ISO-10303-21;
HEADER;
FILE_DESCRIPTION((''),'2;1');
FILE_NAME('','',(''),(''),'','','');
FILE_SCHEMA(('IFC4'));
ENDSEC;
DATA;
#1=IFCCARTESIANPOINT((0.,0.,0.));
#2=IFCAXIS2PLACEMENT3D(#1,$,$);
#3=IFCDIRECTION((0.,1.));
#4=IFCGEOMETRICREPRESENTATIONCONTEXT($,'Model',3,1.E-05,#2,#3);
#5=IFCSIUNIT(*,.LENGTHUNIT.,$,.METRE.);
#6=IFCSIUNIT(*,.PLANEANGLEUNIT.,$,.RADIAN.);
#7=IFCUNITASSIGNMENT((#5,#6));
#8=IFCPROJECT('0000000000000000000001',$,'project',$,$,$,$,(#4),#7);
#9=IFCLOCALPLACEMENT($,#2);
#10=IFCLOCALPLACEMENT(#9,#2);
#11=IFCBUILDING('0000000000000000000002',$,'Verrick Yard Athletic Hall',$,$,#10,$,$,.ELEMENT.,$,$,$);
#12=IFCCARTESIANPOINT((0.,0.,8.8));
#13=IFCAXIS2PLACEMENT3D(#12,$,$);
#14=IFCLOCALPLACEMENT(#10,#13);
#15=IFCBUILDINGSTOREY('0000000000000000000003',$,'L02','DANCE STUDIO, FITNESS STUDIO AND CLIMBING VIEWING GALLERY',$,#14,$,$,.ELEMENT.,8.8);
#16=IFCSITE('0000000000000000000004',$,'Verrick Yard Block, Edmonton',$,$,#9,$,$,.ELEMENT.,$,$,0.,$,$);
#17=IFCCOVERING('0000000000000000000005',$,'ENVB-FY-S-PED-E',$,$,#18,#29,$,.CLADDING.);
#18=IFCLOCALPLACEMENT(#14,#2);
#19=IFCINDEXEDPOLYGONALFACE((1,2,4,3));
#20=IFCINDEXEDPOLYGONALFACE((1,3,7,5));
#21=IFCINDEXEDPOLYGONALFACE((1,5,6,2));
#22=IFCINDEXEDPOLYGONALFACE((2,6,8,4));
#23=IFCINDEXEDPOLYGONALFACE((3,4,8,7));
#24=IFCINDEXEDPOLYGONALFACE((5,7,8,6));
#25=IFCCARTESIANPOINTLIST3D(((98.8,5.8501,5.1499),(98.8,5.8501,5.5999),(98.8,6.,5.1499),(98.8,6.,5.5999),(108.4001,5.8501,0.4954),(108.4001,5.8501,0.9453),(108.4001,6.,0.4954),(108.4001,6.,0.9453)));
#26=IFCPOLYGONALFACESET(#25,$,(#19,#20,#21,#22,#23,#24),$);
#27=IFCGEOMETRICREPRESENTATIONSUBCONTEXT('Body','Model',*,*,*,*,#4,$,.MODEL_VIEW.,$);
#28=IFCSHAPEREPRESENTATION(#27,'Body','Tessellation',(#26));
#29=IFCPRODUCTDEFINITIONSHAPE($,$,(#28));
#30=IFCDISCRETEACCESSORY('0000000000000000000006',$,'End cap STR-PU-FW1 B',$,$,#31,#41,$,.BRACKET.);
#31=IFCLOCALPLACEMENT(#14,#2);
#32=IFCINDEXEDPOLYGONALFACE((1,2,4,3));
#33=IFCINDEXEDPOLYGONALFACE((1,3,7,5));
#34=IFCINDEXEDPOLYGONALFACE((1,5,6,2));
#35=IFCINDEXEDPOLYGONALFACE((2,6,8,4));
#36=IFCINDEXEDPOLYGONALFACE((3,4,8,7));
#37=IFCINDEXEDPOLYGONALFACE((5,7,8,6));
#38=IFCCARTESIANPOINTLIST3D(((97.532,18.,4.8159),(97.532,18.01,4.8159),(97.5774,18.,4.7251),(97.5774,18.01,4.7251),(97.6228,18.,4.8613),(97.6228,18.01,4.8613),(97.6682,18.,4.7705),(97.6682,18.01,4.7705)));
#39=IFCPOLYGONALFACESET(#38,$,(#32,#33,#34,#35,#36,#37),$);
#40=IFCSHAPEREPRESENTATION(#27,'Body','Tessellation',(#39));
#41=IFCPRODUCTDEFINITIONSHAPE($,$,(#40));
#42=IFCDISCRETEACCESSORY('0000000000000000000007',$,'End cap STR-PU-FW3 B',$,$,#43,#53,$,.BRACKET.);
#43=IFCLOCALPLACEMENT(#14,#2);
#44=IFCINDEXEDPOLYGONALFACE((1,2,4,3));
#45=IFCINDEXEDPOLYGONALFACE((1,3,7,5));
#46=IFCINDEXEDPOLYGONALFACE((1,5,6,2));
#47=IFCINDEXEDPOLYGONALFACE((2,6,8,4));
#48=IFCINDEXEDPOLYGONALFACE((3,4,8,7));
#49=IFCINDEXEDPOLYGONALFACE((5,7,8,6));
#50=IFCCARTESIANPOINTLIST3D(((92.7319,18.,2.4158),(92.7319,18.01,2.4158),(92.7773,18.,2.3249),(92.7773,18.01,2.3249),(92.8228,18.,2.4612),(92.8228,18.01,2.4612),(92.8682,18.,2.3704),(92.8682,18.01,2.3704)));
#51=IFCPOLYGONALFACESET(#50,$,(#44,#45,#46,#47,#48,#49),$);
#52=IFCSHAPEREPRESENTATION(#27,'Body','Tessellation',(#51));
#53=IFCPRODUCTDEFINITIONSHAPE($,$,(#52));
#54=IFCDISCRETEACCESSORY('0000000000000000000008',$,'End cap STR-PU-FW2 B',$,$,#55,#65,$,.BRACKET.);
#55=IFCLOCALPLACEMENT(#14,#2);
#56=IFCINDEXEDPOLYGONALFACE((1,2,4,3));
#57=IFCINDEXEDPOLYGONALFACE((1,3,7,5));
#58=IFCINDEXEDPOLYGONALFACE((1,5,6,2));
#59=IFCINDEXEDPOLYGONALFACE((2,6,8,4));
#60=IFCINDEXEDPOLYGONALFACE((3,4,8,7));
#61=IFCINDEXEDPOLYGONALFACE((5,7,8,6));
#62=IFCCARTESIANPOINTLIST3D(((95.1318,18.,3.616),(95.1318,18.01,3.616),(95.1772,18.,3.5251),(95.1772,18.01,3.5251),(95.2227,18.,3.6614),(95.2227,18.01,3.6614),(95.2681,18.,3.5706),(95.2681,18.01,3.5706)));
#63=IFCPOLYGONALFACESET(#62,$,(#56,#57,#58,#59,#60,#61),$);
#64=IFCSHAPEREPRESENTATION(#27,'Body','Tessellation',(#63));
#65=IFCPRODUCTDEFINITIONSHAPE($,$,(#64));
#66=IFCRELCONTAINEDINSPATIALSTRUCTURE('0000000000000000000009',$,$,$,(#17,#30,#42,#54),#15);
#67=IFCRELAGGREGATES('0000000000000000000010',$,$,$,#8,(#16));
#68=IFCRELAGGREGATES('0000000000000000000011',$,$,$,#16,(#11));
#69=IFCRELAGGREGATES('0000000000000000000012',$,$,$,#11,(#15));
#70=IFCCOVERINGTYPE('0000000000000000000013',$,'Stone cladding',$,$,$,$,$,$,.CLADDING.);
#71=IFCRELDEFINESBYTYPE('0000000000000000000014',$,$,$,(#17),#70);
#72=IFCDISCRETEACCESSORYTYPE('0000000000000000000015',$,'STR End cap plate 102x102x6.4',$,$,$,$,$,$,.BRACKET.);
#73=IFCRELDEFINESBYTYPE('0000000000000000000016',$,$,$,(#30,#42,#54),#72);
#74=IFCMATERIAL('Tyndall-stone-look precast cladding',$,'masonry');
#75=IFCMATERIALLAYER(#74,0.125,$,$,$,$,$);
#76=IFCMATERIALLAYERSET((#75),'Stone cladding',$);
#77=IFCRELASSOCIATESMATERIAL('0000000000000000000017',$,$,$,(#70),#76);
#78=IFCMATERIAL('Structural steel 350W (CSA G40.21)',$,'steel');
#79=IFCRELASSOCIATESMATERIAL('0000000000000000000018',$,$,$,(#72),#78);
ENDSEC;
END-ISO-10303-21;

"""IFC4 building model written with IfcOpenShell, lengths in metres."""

from ifc_helpers import new_model, si_unit, direction, frame, origin, origin_2d, place, context, subcontext, project, spatial, polyline, rectangle, outline, extrude, material, layer, layer_set, material_profile, profile_set, type_object, element, save


model = new_model("IFC4")

# Units and contexts
model_context = context("Model", 3, precision=1e-05, world=origin(), true_north=direction((0.0, 1.0)))
body_context = subcontext(model_context, "Body", "Model", "MODEL_VIEW")
ifc_project = project(units=[si_unit("LENGTHUNIT", "METRE"), si_unit("PLANEANGLEUNIT", "RADIAN")], contexts=[model_context])

# Site, building, storey
site_placement = place(None, origin())
site = spatial("IfcSite", under=ifc_project, at=site_placement, Name="Verrick Yard Block, Edmonton", CompositionType="ELEMENT", RefElevation=0.0)
building_placement = place(site_placement, origin())
building = spatial("IfcBuilding", under=site, at=building_placement, Name="Verrick Yard Athletic Hall", CompositionType="ELEMENT")
storey_placement = place(building_placement, frame((0.0, 0.0, 8.8)))
storey = spatial("IfcBuildingStorey", under=building, at=storey_placement, Name="L02", Description="DANCE STUDIO, FITNESS STUDIO AND CLIMBING VIEWING GALLERY", CompositionType="ELEMENT", Elevation=8.8)

# Shared definitions
ifc_material_1 = material(Name="Structural steel 350W (CSA G40.21)", Category="steel")

# Covering
ifc_material_2 = material(Name="Tyndall-stone-look precast cladding", Category="masonry")
ifc_layer_1 = layer(ifc_material_2, 0.125)
ifc_layer_set_1 = layer_set([ifc_layer_1], Name="Stone cladding")
covering_type_1 = type_object("IfcCoveringType", Name="Stone cladding", PredefinedType="CLADDING", material=ifc_layer_set_1)
covering_1_placement = place(storey_placement, frame((98.8, 5.925, 0.4954), z_axis=(0.0, 0.0, 1.0), x_axis=(1.0, 0.0, 0.0)))
element("IfcCovering", 1, at=covering_1_placement, inside=storey, type_object=covering_type_1, Name="ENVB-FY-S-PED-E", PredefinedType="CLADDING", context=body_context, shape_type="SweptSolid", body=[
    extrude(outline(polyline([(0.0, 4.6545), (9.6001, 0.0), (9.6001, 0.45), (0.0, 5.1045), (0.0, 4.6545)])), frame((0.0, 0.075, 0.0), z_axis=(0.0, -1.0, 0.0), x_axis=(1.0, 0.0, 0.0)), (0.0, 0.0, 1.0), 0.1499),
])

# Discrete accessories
ifc_material_profile_1 = material_profile(ifc_material_1, rectangle(XDim=0.1016, YDim=0.1016, at=origin_2d()), Name="STR End cap plate 102x102x6.4")
ifc_profile_set_1 = profile_set([ifc_material_profile_1], Name="Structural steel 350W (CSA G40.21)")
discrete_accessory_type = type_object("IfcDiscreteAccessoryType", Name="STR End cap plate 102x102x6.4", PredefinedType="BRACKET", material=ifc_profile_set_1)
for number, where, z_axis, x_axis, name in (
    (2, (97.6001, 18.0, 4.7932), (0.0, 1.0, 0.0), (-0.894427, 0.0, -0.447214), "End cap STR-PU-FW1 B"),
    (3, (92.8, 18.0, 2.3931), (0.0, 1.0, 0.0), (-0.894427, 0.0, -0.447214), "End cap STR-PU-FW3 B"),
    (4, (95.2, 18.0, 3.5933), (0.0, 1.0, 0.0), (-0.894427, 0.0, -0.447214), "End cap STR-PU-FW2 B"),
):
    element("IfcDiscreteAccessory", number, at=place(storey_placement, frame(where, z_axis=z_axis, x_axis=x_axis)), inside=storey, type_object=discrete_accessory_type, Name=name, PredefinedType="BRACKET", context=body_context, shape_type="SweptSolid", body=[
        extrude(rectangle(XDim=0.1016, YDim=0.1016, at=origin_2d()), origin(), (0.0, 0.0, 1.0), 0.01),
    ])

save(model, "model.ifc")
